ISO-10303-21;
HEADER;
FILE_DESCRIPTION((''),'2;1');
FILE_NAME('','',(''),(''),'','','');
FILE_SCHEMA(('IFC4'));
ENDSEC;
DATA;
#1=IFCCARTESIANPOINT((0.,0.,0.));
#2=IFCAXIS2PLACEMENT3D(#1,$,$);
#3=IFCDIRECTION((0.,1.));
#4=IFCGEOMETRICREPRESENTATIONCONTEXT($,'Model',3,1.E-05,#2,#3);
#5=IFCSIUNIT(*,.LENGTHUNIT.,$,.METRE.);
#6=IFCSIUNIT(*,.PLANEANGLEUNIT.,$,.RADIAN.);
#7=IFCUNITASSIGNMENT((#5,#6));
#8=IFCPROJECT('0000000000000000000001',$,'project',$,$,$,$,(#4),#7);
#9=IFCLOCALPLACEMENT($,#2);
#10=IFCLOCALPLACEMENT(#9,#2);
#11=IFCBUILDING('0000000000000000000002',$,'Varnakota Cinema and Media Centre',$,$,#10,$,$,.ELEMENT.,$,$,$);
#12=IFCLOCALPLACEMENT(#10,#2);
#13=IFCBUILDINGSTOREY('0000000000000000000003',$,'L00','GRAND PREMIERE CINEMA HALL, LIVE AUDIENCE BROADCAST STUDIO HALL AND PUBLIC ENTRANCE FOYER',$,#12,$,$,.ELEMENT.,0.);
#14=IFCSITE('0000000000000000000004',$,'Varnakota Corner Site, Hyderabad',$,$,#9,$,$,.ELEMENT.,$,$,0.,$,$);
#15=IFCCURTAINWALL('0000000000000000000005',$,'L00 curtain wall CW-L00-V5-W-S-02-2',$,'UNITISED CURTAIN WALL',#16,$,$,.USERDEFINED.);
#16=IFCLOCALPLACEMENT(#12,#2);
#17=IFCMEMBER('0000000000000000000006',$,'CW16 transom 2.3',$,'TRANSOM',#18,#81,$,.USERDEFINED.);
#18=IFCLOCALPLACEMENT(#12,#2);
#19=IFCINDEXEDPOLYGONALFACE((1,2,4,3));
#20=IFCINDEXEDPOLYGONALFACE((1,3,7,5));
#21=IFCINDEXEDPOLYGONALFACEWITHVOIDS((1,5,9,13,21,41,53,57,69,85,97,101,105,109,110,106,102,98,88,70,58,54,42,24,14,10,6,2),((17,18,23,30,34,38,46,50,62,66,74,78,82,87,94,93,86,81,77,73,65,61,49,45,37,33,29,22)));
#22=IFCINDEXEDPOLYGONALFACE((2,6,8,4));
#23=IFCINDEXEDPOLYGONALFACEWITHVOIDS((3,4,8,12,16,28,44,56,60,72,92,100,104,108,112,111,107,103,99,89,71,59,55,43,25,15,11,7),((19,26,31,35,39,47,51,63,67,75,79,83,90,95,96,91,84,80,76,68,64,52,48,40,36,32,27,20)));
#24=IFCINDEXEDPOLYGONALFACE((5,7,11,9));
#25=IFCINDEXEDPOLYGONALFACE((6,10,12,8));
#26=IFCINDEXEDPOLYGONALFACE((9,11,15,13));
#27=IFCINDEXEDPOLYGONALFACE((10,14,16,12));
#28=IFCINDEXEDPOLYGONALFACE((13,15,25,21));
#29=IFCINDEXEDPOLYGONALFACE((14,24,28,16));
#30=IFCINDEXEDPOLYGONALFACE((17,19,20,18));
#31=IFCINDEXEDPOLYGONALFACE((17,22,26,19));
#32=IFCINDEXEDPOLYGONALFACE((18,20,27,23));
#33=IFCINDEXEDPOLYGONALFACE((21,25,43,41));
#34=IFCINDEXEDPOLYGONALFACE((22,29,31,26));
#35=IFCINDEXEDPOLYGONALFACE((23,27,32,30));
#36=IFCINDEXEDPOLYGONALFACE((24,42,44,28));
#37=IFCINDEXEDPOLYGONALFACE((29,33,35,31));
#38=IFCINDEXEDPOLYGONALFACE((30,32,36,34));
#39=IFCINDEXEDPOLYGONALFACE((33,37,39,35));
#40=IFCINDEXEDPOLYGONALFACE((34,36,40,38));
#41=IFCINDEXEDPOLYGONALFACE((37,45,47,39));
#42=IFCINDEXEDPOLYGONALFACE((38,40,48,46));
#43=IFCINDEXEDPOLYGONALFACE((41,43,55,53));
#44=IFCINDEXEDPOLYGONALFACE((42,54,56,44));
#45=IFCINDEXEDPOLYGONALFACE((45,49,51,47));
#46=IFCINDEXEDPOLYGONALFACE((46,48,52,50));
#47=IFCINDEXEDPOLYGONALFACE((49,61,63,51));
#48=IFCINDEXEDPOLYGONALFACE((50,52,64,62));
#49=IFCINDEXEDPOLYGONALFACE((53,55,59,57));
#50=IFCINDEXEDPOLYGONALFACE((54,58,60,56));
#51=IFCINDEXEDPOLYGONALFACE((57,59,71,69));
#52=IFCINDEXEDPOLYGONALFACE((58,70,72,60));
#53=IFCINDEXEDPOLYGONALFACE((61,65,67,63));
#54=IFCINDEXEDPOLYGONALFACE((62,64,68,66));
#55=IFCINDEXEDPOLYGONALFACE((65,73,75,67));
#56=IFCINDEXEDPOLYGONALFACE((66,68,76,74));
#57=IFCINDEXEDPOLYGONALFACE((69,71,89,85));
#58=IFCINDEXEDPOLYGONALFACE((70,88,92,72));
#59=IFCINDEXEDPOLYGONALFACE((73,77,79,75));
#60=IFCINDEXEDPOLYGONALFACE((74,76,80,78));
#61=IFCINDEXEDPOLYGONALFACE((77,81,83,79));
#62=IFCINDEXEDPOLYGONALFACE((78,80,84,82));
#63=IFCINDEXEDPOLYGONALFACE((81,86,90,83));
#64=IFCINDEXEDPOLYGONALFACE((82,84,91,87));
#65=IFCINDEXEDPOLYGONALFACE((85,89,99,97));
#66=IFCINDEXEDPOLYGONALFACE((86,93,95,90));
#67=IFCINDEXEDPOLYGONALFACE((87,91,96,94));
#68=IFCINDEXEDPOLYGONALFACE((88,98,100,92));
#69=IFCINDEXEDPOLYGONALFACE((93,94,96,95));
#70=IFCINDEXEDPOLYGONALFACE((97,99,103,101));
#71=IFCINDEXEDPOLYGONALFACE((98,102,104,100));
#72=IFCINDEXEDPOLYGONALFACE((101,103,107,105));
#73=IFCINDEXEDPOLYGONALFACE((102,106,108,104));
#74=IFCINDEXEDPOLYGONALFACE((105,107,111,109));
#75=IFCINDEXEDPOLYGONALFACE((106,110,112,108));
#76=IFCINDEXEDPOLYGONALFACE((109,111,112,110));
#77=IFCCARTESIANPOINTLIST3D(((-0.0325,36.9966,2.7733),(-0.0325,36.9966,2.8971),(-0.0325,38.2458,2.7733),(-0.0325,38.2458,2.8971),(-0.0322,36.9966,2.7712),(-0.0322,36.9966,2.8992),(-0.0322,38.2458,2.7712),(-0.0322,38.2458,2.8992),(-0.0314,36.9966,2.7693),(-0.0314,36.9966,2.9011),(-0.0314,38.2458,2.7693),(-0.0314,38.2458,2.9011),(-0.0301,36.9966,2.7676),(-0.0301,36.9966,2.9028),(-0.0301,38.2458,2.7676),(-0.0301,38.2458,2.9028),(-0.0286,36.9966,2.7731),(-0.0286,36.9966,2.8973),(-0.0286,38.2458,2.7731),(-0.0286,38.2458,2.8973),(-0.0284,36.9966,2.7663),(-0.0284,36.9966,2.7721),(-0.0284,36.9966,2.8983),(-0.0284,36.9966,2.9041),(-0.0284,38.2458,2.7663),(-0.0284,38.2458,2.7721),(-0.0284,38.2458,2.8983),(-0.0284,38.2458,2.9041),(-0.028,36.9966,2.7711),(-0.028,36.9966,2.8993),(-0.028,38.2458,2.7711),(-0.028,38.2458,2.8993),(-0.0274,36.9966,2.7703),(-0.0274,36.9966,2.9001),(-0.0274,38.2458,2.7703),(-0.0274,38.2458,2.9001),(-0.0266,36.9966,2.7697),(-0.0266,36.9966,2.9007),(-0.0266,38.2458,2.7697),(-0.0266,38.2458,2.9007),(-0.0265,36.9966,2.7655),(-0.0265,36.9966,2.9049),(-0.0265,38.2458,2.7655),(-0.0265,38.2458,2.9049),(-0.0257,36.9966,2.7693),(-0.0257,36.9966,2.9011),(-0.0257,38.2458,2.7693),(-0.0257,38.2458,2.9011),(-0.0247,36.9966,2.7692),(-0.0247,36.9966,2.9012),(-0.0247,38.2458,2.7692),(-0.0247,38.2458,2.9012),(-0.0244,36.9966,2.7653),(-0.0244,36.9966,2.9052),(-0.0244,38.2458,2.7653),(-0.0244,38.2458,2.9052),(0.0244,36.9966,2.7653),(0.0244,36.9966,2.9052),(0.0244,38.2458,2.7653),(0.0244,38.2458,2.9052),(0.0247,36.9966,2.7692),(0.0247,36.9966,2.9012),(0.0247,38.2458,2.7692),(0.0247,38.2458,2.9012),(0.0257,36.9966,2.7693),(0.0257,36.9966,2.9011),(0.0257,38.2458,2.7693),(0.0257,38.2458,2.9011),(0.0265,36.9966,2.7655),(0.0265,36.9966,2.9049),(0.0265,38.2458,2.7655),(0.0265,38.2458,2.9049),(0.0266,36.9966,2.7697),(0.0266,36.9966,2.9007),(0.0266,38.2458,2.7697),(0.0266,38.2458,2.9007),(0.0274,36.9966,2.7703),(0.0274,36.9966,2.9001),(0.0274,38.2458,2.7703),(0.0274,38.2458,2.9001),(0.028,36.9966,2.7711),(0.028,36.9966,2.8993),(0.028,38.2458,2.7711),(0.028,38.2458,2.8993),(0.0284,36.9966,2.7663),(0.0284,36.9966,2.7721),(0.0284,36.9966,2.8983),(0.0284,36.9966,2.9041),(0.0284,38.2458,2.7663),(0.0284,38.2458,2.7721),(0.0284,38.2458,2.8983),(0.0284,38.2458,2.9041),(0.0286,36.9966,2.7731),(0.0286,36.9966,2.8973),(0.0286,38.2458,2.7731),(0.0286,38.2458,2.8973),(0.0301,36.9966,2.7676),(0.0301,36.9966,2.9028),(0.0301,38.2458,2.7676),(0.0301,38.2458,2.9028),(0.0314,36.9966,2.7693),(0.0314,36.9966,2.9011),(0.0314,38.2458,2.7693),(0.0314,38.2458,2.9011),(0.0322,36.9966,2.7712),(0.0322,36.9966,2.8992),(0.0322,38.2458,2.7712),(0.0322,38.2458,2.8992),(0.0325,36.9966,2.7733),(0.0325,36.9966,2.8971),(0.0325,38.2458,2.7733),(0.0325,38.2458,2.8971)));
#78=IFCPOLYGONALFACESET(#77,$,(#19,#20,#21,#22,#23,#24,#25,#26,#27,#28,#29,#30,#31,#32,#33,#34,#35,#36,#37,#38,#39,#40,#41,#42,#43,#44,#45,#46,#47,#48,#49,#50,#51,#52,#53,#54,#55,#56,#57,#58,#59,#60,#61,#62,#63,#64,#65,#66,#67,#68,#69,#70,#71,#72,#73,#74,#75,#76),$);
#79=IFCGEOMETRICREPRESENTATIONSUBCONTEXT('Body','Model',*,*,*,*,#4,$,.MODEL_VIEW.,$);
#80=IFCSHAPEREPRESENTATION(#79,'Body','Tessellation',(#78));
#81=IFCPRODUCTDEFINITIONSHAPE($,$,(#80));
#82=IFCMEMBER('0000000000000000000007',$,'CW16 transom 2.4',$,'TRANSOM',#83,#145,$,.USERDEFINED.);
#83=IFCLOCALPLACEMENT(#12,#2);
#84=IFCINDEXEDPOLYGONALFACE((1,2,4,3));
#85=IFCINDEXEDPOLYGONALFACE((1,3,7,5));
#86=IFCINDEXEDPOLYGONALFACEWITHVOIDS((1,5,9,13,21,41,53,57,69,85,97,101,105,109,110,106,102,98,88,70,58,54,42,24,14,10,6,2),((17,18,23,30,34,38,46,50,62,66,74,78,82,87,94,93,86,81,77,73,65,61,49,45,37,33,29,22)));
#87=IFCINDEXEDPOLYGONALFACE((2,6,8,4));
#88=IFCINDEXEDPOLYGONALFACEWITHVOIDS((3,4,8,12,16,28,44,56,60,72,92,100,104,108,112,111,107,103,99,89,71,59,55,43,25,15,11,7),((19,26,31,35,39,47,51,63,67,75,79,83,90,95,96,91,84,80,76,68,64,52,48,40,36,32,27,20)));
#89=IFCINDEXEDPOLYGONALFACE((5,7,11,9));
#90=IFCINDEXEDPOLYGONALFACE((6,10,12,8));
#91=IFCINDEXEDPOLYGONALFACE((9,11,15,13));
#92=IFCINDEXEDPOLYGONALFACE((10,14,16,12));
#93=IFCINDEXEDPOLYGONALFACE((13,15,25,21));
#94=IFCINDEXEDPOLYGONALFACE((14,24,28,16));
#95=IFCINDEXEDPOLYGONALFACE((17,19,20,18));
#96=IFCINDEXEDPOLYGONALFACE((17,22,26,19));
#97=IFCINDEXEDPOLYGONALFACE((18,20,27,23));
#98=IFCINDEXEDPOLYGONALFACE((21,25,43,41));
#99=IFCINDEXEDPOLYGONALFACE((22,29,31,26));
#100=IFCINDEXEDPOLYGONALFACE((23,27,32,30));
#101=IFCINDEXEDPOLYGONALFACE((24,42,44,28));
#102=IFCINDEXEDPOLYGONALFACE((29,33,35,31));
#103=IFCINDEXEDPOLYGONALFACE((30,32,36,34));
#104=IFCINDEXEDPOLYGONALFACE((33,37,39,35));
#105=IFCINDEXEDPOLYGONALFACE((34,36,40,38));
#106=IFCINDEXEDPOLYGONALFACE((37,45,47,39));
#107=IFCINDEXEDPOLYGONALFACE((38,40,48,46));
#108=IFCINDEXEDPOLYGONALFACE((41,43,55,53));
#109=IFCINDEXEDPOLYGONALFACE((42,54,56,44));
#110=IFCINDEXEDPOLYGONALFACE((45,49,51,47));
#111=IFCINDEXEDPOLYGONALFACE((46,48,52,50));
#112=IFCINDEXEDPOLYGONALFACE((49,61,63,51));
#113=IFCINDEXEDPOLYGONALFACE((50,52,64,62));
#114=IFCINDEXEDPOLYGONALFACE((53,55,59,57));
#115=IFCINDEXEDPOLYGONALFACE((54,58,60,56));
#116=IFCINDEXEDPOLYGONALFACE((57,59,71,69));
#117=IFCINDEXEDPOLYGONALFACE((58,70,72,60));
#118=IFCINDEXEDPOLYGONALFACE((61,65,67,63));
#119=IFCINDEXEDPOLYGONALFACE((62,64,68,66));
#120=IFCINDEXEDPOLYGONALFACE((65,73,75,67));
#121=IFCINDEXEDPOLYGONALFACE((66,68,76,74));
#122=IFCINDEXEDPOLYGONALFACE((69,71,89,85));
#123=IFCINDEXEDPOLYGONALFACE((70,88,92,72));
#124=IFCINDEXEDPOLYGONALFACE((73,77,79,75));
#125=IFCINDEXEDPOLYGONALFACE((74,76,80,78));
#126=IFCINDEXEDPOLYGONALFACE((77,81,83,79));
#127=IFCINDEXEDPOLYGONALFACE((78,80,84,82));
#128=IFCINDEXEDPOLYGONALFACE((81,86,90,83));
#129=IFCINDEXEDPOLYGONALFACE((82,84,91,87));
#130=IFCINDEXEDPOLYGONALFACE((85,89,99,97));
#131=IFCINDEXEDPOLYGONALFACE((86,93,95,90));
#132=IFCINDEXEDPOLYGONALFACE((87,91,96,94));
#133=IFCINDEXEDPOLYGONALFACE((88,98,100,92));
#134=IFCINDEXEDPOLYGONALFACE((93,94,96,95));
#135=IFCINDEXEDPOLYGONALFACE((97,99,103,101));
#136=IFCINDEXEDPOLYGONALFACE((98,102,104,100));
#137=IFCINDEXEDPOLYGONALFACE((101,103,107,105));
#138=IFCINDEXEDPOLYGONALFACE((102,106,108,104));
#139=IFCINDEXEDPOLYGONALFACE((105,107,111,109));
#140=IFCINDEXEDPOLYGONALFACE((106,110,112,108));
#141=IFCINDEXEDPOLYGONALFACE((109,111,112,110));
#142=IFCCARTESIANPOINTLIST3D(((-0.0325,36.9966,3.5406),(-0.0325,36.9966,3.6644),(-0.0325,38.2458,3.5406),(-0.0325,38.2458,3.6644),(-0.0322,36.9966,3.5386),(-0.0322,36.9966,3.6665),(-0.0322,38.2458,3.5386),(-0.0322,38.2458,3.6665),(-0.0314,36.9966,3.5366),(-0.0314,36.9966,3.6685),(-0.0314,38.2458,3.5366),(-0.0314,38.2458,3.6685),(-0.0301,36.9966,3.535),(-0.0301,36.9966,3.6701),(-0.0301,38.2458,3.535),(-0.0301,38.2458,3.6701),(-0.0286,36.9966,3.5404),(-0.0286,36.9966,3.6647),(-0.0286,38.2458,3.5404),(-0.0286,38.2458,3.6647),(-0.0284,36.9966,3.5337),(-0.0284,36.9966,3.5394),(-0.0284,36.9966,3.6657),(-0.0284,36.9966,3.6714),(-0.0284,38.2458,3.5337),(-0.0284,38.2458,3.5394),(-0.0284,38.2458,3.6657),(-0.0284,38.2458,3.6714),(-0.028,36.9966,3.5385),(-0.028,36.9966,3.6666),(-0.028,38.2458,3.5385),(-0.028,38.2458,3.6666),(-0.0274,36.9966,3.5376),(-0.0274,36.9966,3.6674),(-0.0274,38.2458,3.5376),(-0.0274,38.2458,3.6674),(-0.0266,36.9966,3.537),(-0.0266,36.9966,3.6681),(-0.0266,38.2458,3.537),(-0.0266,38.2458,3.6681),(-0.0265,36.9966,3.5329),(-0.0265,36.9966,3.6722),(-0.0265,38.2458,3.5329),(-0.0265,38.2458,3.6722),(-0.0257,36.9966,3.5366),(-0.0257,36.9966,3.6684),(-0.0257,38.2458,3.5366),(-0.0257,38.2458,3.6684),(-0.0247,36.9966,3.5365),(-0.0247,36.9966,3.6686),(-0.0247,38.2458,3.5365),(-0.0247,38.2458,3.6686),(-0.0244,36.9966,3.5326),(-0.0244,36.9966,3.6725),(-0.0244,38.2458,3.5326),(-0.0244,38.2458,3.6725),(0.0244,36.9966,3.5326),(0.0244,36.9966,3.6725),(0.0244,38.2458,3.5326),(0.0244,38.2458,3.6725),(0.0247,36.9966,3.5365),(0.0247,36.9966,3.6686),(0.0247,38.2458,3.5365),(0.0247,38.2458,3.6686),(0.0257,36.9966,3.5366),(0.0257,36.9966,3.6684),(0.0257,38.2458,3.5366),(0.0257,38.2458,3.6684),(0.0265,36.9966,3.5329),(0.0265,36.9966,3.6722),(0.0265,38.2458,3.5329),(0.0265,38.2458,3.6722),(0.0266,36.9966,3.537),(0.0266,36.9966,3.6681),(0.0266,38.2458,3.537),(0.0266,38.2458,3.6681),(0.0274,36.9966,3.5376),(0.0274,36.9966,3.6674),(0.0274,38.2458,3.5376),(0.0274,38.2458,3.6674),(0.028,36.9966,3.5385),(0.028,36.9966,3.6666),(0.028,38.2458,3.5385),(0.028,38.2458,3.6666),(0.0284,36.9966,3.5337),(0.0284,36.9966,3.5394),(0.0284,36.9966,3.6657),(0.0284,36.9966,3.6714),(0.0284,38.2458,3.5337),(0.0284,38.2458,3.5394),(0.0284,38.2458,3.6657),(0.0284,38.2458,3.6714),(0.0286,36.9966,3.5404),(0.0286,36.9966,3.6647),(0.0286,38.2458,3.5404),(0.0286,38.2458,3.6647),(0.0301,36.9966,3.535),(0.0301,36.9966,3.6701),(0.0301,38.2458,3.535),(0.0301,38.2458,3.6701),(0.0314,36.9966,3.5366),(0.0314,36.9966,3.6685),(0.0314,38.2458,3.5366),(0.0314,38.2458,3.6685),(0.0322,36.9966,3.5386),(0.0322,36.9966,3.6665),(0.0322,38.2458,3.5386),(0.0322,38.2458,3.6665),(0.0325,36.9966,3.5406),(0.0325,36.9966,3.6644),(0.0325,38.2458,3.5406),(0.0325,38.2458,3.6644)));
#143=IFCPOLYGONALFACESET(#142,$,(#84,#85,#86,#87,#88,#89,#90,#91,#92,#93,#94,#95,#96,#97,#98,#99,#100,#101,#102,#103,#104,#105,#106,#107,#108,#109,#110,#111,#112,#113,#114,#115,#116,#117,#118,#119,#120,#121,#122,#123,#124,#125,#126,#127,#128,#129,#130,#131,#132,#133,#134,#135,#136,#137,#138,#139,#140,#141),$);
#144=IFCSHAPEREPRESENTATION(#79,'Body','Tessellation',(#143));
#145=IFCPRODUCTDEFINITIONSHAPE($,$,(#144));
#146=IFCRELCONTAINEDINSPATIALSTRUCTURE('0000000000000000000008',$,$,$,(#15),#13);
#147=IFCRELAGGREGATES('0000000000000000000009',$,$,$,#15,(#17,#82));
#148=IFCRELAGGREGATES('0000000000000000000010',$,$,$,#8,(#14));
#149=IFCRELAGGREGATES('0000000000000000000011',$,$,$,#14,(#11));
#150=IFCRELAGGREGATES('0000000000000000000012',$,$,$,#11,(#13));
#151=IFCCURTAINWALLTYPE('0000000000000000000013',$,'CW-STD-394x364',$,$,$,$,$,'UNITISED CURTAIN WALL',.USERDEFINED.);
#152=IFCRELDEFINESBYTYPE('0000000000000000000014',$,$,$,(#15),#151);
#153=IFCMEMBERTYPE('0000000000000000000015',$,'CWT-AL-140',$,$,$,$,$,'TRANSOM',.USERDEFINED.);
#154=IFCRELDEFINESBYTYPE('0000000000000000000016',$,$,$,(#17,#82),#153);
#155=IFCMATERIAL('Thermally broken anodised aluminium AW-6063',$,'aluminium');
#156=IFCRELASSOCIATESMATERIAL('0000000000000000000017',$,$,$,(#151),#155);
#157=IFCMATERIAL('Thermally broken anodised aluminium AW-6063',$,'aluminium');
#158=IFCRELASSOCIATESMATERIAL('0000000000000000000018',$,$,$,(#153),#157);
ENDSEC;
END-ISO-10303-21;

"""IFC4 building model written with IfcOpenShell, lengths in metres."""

from ifc_helpers import new_model, si_unit, direction, frame, origin, origin_2d, place, context, subcontext, project, spatial, hollow_rectangle, extrude, material, material_profile, profile_set, type_object, element, aggregate, save


model = new_model("IFC4")

# Units and contexts
model_context = context("Model", 3, precision=1e-05, world=origin(), true_north=direction((0.0, 1.0)))
body_context = subcontext(model_context, "Body", "Model", "MODEL_VIEW")
ifc_project = project(units=[si_unit("LENGTHUNIT", "METRE"), si_unit("PLANEANGLEUNIT", "RADIAN")], contexts=[model_context])

# Site, building, storey
site_placement = place(None, origin())
site = spatial("IfcSite", under=ifc_project, at=site_placement, Name="Varnakota Corner Site, Hyderabad", CompositionType="ELEMENT", RefElevation=0.0)
building_placement = place(site_placement, origin())
building = spatial("IfcBuilding", under=site, at=building_placement, Name="Varnakota Cinema and Media Centre", CompositionType="ELEMENT")
storey_placement = place(building_placement, origin())
storey = spatial("IfcBuildingStorey", under=building, at=storey_placement, Name="L00", Description="GRAND PREMIERE CINEMA HALL, LIVE AUDIENCE BROADCAST STUDIO HALL AND PUBLIC ENTRANCE FOYER", CompositionType="ELEMENT", Elevation=0.0)

# Shared definitions
ifc_material_1 = material(Name="Thermally broken anodised aluminium AW-6063", Category="aluminium")
curtain_wall_type = type_object("IfcCurtainWallType", Name="CW-STD-394x364", ElementType="UNITISED CURTAIN WALL", PredefinedType="USERDEFINED", material=ifc_material_1)

# Curtain wall
curtain_wall_1_placement = place(storey_placement, origin())
curtain_wall_1 = element("IfcCurtainWall", 1, at=curtain_wall_1_placement, inside=storey, type_object=curtain_wall_type, Name="L00 curtain wall CW-L00-V5-W-S-02-2", ObjectType="UNITISED CURTAIN WALL", PredefinedType="USERDEFINED")

# Members
ifc_material_2 = material(Name="Thermally broken anodised aluminium AW-6063", Category="aluminium")
ifc_material_profile_1 = material_profile(ifc_material_2, hollow_rectangle(XDim=0.0649, YDim=0.1399, WallThickness=0.0039, InnerFilletRadius=0.0039, OuterFilletRadius=0.0081, at=origin_2d()), Name="AL-TRANSOM 140x65x4")
ifc_profile_set_1 = profile_set([ifc_material_profile_1], Name="Thermally broken anodised aluminium AW-6063")
member_type_1 = type_object("IfcMemberType", Name="CWT-AL-140", ElementType="TRANSOM", PredefinedType="USERDEFINED", material=ifc_profile_set_1)
member_1_placement = place(storey_placement, frame((0.0, 38.2458, 2.8352), z_axis=(0.0, -1.0, 0.0), x_axis=(1.0, 0.0, 0.0)))
member_1 = element("IfcMember", 2, at=member_1_placement, type_object=member_type_1, Name="CW16 transom 2.3", ObjectType="TRANSOM", PredefinedType="USERDEFINED", context=body_context, shape_type="SweptSolid", body=[
    extrude(hollow_rectangle(XDim=0.0649, YDim=0.1399, WallThickness=0.0039, InnerFilletRadius=0.0039, OuterFilletRadius=0.0081, at=origin_2d()), origin(), (0.0, 0.0, 1.0), 1.2493),
])
member_2_placement = place(storey_placement, frame((0.0, 38.2458, 3.6025), z_axis=(0.0, -1.0, 0.0), x_axis=(1.0, 0.0, 0.0)))
member_2 = element("IfcMember", 3, at=member_2_placement, type_object=member_type_1, Name="CW16 transom 2.4", ObjectType="TRANSOM", PredefinedType="USERDEFINED", context=body_context, shape_type="SweptSolid", body=[
    extrude(hollow_rectangle(XDim=0.0649, YDim=0.1399, WallThickness=0.0039, InnerFilletRadius=0.0039, OuterFilletRadius=0.0081, at=origin_2d()), origin(), (0.0, 0.0, 1.0), 1.2493),
])

aggregate(curtain_wall_1, [member_1, member_2])

save(model, "model.ifc")
